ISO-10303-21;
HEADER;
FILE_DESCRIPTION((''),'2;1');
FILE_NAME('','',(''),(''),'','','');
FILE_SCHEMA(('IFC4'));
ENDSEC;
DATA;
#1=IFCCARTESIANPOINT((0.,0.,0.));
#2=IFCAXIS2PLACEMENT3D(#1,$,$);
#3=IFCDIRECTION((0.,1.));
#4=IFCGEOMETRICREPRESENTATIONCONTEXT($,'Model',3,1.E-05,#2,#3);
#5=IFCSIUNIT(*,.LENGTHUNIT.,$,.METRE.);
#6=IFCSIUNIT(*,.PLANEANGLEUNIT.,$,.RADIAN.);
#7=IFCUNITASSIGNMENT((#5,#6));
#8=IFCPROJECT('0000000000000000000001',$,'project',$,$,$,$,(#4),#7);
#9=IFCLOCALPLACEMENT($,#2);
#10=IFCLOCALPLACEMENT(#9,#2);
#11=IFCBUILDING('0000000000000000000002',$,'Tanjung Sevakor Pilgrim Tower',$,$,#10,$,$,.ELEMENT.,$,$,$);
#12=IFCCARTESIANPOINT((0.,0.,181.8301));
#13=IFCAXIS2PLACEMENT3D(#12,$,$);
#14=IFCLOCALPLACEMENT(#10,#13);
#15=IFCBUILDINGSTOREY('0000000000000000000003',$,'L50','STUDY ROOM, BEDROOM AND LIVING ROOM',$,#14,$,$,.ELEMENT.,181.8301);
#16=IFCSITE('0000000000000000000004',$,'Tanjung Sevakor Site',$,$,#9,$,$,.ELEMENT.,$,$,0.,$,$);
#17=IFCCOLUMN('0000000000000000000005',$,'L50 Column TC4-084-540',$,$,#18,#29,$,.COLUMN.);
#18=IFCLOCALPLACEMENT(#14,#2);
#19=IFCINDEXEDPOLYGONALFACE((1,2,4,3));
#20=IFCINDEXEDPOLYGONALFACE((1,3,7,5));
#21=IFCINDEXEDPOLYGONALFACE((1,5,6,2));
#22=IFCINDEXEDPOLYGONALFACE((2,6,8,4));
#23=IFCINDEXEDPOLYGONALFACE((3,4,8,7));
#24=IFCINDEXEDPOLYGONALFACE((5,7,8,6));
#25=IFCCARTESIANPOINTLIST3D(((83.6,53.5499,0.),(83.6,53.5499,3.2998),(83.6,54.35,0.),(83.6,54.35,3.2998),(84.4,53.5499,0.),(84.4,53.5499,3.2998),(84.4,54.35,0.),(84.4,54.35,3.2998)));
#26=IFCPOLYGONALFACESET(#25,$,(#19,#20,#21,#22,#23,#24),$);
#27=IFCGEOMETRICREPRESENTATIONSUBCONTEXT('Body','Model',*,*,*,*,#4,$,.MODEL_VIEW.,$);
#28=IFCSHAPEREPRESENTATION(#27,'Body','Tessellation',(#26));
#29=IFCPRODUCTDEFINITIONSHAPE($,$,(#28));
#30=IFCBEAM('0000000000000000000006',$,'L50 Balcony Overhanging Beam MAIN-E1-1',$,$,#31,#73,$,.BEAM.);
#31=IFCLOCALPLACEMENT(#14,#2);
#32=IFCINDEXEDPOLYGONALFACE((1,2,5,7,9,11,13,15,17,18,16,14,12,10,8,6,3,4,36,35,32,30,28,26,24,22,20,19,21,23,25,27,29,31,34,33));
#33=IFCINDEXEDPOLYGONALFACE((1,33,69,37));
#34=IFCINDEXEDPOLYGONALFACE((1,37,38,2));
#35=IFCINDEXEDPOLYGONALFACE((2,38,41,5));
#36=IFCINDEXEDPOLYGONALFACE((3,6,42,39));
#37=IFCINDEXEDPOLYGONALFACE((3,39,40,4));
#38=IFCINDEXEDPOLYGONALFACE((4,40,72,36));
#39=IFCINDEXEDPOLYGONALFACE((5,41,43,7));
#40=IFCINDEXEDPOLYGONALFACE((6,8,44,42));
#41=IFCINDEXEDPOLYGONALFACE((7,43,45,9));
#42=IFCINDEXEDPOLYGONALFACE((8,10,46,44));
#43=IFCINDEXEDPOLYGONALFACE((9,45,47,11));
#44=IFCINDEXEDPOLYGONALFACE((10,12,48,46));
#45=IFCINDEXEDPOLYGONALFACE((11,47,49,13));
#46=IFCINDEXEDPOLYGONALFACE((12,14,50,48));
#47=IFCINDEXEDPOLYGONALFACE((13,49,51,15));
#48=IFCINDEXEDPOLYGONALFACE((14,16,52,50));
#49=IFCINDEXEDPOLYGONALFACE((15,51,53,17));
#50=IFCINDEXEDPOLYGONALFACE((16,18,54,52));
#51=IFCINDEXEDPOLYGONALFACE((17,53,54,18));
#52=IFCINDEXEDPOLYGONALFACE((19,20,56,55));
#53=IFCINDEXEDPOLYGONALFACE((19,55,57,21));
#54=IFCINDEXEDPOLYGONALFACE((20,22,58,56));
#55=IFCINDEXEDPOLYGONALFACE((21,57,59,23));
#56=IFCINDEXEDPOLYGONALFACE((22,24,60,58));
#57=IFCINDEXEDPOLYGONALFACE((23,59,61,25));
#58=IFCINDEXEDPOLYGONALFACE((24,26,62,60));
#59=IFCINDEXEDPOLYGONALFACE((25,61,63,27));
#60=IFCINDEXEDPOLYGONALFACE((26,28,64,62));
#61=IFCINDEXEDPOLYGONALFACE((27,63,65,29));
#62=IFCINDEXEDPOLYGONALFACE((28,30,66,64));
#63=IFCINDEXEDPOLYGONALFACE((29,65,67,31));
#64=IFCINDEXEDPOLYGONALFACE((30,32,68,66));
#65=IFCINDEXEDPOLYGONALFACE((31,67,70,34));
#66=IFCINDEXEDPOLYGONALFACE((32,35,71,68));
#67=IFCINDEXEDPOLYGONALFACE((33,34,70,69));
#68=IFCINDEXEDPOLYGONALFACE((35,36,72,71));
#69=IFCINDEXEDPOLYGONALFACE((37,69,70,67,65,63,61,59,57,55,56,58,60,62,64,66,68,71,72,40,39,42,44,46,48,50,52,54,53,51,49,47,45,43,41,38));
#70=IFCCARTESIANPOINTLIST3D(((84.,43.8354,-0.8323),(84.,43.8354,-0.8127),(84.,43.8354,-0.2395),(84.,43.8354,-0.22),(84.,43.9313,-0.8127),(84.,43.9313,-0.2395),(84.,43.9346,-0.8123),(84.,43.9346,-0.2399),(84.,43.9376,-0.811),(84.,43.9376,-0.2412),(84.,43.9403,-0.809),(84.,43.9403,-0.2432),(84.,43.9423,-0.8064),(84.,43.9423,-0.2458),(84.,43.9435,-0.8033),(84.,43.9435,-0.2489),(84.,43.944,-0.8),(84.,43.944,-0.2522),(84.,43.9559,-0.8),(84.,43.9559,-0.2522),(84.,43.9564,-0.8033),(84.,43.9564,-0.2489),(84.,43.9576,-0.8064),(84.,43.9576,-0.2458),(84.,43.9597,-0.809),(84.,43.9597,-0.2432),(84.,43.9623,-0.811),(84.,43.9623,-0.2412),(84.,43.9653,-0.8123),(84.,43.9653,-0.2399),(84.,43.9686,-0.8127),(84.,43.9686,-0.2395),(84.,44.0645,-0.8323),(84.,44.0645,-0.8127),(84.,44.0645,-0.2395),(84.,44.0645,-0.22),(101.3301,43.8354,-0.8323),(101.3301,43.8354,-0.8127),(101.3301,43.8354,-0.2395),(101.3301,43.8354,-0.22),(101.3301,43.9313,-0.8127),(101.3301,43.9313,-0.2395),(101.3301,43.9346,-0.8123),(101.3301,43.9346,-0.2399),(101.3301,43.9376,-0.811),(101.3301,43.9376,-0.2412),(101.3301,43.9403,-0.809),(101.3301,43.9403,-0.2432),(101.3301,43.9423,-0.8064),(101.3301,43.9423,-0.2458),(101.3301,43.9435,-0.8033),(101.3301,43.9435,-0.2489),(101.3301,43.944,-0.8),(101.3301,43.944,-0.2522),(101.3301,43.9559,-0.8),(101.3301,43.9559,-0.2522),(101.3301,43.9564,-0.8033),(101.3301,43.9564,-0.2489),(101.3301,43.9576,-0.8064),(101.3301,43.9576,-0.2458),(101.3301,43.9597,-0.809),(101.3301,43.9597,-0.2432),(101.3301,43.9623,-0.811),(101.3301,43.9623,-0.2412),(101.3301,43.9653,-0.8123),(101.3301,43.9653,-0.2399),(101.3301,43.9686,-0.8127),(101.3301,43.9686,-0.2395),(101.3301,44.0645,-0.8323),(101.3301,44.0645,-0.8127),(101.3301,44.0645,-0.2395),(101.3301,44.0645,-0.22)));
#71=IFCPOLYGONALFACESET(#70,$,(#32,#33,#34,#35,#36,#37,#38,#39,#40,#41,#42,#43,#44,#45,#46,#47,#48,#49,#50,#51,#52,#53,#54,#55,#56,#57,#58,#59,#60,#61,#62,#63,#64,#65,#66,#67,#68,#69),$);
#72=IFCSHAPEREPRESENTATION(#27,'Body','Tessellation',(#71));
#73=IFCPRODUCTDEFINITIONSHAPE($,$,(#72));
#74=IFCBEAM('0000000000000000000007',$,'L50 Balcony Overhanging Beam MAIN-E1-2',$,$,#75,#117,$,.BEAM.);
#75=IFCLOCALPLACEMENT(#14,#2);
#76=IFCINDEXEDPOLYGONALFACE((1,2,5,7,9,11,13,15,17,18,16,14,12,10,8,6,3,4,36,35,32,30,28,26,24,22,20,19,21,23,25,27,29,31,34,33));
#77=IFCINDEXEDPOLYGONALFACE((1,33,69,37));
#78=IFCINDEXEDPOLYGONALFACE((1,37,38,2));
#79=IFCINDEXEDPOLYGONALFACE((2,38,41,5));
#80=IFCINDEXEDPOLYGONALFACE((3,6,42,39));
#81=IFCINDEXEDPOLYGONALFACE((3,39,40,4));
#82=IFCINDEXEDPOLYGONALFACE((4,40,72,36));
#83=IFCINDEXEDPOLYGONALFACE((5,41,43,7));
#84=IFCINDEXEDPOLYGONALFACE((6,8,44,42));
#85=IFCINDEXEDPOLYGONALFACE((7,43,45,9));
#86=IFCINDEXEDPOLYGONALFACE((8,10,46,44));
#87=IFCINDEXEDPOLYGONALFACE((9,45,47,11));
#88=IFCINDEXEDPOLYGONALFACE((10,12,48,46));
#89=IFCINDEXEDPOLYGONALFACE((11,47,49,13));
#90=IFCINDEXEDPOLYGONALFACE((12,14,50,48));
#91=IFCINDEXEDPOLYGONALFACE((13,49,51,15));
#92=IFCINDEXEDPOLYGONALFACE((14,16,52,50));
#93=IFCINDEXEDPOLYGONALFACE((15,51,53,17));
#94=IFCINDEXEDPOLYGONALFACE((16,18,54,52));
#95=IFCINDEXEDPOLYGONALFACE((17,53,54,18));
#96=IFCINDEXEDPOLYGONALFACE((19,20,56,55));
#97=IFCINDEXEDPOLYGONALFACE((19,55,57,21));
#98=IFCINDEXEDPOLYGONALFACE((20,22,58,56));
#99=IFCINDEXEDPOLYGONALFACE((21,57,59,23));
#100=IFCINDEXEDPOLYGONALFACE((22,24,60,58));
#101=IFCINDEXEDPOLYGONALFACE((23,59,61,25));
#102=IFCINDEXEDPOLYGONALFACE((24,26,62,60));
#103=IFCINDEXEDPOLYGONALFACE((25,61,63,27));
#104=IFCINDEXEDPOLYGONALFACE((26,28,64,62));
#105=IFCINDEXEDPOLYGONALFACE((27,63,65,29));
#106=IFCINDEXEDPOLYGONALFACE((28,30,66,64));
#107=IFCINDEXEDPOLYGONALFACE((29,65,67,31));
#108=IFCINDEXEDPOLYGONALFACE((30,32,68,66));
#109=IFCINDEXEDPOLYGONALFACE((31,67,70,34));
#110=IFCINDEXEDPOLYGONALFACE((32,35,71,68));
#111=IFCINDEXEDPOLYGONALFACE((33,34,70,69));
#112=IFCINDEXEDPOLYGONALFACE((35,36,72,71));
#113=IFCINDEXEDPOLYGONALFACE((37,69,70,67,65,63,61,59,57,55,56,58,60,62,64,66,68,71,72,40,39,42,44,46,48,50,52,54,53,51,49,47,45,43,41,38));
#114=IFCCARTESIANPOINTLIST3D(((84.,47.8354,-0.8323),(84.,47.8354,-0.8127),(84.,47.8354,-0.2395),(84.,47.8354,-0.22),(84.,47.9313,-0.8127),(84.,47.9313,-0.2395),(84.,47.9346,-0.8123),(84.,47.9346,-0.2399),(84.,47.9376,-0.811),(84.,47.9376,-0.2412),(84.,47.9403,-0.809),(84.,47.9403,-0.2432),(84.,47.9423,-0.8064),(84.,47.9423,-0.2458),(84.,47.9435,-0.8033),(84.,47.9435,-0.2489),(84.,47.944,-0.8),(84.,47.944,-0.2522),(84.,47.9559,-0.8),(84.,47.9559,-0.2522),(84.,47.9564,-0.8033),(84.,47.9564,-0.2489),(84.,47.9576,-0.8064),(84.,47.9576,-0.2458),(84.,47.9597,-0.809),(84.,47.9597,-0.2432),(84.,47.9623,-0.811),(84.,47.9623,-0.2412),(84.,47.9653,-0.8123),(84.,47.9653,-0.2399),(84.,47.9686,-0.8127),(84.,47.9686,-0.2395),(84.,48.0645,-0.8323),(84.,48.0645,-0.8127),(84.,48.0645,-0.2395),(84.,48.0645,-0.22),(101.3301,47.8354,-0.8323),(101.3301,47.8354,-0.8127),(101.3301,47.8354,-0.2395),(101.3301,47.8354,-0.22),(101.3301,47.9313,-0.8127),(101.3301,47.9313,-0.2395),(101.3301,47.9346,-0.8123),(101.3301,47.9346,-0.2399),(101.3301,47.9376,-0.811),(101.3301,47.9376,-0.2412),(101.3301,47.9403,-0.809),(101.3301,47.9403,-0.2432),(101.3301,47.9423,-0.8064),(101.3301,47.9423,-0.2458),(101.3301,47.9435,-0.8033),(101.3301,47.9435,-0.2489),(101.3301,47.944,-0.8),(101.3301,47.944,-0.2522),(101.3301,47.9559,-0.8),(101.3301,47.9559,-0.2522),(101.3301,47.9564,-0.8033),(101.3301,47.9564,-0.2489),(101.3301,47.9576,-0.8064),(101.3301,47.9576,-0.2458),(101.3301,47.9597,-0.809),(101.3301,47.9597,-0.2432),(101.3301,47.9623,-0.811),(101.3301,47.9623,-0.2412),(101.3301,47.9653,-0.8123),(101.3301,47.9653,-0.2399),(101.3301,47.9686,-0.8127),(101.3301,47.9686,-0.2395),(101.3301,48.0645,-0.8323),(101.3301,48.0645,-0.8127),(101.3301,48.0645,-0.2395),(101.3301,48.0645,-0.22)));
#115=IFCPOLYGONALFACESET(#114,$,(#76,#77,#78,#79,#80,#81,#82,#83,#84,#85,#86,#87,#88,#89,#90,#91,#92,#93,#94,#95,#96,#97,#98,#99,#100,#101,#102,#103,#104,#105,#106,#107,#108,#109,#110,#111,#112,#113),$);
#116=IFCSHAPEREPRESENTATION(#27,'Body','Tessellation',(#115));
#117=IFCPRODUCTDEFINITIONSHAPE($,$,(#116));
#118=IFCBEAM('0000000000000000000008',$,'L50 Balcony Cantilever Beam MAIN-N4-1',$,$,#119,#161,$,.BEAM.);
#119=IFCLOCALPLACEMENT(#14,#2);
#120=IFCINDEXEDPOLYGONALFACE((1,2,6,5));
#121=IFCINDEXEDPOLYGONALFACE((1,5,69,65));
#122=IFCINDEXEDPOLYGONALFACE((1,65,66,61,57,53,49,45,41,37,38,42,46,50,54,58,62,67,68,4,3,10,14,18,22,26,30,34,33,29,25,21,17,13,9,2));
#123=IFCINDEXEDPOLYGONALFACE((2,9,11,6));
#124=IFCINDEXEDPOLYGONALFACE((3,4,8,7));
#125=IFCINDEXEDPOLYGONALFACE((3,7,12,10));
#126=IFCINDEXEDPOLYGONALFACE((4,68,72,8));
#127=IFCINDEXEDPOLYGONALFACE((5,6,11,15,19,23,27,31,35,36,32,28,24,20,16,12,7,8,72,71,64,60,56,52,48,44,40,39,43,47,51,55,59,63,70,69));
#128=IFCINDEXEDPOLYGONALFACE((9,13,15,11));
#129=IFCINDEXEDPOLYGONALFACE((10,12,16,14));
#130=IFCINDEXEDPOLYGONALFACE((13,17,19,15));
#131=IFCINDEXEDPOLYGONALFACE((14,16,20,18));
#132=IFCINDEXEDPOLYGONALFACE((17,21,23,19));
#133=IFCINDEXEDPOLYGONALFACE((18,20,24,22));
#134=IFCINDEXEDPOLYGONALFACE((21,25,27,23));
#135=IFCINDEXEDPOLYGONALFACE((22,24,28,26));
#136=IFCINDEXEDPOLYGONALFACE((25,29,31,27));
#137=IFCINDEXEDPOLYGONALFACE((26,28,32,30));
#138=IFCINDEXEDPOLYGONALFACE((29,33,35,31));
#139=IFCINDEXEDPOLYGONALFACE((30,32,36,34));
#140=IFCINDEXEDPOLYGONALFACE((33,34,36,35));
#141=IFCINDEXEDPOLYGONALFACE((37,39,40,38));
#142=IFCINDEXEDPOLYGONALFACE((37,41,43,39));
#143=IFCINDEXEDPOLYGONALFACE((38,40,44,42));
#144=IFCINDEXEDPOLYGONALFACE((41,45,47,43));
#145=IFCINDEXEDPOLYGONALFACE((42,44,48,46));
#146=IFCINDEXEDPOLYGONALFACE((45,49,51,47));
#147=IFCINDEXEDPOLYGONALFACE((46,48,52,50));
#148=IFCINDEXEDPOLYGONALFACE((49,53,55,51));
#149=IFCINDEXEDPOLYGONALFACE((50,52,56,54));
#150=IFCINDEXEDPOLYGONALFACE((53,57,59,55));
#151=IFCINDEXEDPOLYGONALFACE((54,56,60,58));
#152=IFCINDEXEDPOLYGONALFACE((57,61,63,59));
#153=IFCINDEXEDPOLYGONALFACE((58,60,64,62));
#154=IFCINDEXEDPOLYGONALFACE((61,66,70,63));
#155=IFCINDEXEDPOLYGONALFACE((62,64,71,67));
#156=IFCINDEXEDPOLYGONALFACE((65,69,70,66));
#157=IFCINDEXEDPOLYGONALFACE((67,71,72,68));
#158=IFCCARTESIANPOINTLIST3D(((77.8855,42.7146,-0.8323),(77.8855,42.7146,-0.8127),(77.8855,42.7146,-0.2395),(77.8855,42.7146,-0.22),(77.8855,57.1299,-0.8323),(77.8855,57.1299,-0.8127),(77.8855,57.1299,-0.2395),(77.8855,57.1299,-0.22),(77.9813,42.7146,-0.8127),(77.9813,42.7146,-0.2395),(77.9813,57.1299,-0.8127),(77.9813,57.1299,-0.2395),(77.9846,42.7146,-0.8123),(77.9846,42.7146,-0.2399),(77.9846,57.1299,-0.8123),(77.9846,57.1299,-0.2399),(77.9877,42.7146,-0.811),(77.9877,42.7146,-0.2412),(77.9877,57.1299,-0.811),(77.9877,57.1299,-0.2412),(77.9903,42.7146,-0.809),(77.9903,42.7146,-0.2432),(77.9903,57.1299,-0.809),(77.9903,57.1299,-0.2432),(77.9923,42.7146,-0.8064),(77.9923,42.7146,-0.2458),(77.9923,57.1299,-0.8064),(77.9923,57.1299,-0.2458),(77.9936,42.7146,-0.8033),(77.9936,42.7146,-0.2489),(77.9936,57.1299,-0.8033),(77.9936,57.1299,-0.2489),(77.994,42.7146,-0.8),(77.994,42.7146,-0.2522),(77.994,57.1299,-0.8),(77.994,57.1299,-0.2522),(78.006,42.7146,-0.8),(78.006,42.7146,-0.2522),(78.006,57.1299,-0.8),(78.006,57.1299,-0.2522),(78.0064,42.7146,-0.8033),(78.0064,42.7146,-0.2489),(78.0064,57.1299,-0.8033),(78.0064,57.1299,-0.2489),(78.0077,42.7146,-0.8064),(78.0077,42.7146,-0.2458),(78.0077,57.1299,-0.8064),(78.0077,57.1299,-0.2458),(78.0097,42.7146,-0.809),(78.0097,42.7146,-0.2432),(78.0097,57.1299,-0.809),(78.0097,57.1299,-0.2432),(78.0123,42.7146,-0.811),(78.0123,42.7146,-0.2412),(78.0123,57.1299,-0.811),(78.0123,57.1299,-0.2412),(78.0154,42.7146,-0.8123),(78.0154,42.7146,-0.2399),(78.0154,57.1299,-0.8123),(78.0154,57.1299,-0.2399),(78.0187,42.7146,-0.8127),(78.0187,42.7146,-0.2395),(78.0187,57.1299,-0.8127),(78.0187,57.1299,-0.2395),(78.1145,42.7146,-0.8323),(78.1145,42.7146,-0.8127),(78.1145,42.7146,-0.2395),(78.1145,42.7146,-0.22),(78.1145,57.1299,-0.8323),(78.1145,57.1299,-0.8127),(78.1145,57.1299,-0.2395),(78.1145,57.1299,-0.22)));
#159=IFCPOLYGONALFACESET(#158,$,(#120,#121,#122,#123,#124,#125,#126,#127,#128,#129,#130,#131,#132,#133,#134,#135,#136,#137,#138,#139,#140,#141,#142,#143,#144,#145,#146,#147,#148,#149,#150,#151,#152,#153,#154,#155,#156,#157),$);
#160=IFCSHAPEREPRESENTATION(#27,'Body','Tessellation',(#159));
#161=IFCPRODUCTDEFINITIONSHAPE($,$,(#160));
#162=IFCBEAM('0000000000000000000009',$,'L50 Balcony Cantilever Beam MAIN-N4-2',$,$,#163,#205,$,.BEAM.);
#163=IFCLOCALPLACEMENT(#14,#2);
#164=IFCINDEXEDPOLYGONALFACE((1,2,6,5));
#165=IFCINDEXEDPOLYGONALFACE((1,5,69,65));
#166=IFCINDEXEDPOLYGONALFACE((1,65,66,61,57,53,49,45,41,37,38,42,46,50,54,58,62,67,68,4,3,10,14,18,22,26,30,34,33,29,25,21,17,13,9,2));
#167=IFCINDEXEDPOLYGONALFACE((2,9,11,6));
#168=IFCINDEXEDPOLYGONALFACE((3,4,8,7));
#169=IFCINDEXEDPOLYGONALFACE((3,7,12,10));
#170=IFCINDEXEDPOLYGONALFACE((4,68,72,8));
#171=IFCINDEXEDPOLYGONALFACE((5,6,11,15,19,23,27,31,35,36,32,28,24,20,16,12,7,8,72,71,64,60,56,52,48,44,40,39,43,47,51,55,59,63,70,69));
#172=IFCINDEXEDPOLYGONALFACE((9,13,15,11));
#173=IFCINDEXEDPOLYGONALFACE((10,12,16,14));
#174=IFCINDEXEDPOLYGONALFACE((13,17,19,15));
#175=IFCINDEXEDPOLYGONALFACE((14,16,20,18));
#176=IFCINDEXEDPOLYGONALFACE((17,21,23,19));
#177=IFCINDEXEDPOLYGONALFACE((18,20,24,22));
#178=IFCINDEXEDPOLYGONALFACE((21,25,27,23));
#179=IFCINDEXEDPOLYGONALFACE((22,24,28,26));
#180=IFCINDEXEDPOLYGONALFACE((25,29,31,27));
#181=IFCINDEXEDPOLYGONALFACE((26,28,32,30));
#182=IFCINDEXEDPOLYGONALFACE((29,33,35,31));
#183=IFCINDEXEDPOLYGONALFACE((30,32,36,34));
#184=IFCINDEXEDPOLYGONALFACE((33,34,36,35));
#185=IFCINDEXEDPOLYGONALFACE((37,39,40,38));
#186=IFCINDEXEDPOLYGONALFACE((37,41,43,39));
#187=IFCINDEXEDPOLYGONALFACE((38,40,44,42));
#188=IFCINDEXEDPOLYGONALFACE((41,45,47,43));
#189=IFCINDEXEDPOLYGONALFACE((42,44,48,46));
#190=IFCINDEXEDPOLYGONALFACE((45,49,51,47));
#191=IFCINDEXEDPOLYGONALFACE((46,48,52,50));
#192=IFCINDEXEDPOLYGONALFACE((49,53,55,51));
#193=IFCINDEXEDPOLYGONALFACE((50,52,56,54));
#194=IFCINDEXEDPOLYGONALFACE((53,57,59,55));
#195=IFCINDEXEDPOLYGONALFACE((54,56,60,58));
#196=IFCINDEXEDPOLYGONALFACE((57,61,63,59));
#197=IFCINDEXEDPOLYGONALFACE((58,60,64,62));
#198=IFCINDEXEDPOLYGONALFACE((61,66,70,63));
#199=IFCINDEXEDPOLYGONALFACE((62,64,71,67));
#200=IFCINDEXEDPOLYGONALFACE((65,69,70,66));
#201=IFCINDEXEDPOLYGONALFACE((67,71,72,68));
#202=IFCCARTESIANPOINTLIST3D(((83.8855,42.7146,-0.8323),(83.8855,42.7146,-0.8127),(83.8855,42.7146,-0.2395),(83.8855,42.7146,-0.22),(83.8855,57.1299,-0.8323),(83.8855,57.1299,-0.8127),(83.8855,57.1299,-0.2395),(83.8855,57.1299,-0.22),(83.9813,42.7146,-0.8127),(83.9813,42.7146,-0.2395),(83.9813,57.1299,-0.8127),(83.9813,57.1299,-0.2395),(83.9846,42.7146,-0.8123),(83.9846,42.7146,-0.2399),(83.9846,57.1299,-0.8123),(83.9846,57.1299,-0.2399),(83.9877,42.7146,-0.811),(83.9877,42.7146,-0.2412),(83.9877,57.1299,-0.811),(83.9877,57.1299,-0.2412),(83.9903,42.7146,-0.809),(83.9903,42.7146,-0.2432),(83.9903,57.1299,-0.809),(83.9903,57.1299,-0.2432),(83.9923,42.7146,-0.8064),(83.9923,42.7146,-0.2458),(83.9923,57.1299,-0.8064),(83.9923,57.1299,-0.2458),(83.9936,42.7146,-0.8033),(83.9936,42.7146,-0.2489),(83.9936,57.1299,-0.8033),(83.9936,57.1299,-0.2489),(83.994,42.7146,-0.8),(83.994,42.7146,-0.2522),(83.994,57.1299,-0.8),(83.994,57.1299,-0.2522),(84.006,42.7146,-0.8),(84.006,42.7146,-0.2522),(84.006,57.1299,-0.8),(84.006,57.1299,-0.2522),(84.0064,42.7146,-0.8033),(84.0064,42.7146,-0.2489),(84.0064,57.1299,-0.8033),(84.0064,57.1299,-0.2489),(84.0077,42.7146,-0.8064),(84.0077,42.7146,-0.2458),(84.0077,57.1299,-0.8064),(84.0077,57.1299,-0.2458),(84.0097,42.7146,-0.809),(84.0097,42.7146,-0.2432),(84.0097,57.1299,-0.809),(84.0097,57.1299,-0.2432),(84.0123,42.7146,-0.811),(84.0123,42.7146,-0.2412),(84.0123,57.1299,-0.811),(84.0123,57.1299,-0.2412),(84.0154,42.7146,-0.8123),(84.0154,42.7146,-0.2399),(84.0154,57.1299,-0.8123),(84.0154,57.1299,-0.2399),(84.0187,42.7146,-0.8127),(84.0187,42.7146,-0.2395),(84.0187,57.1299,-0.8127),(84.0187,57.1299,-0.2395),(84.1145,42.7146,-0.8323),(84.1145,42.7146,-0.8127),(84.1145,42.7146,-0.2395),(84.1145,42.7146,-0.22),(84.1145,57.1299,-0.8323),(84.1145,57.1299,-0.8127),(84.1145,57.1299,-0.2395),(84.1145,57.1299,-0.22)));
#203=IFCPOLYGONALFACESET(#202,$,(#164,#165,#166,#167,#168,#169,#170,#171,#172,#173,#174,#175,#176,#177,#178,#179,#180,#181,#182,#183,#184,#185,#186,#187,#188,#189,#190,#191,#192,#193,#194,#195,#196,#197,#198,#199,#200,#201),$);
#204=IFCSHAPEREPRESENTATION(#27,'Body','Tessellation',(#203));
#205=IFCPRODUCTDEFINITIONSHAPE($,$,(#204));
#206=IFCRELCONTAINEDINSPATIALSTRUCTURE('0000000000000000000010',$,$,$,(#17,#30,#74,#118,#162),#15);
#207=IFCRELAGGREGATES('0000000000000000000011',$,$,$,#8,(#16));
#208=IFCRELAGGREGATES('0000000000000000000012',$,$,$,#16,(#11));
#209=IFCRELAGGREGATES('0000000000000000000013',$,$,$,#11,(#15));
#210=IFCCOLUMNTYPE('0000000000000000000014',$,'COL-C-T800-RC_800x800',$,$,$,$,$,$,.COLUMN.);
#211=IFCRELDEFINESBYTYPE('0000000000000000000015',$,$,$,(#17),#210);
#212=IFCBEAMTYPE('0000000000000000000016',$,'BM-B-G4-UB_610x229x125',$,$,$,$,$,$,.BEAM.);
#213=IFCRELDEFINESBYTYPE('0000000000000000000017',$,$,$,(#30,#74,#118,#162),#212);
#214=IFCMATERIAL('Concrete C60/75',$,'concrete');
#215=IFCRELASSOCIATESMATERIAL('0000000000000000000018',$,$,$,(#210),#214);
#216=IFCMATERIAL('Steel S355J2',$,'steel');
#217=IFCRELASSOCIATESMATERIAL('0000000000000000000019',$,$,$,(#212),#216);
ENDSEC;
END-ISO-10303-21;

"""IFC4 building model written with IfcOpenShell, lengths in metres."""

from ifc_helpers import new_model, si_unit, direction, frame, origin, origin_2d, place, context, subcontext, project, spatial, rectangle, i_section, extrude, material, material_profile, profile_set, type_object, element, save


model = new_model("IFC4")

# Units and contexts
model_context = context("Model", 3, precision=1e-05, world=origin(), true_north=direction((0.0, 1.0)))
body_context = subcontext(model_context, "Body", "Model", "MODEL_VIEW")
ifc_project = project(units=[si_unit("LENGTHUNIT", "METRE"), si_unit("PLANEANGLEUNIT", "RADIAN")], contexts=[model_context])

# Site, building, storey
site_placement = place(None, origin())
site = spatial("IfcSite", under=ifc_project, at=site_placement, Name="Tanjung Sevakor Site", CompositionType="ELEMENT", RefElevation=0.0)
building_placement = place(site_placement, origin())
building = spatial("IfcBuilding", under=site, at=building_placement, Name="Tanjung Sevakor Pilgrim Tower", CompositionType="ELEMENT")
storey_placement = place(building_placement, frame((0.0, 0.0, 181.8301)))
storey = spatial("IfcBuildingStorey", under=building, at=storey_placement, Name="L50", Description="STUDY ROOM, BEDROOM AND LIVING ROOM", CompositionType="ELEMENT", Elevation=181.8301)

# Column
ifc_material_1 = material(Name="Concrete C60/75", Category="concrete")
ifc_material_profile_1 = material_profile(ifc_material_1, rectangle(XDim=0.8, YDim=0.8, at=origin_2d()))
ifc_profile_set_1 = profile_set([ifc_material_profile_1], Name="Concrete C60/75")
column_type = type_object("IfcColumnType", Name="COL-C-T800-RC_800x800", PredefinedType="COLUMN", material=ifc_profile_set_1)
column_placement = place(storey_placement, frame((84.0, 53.95, 0.0), z_axis=(0.0, 0.0, 1.0), x_axis=(1.0, 0.0, 0.0)))
element("IfcColumn", 1, at=column_placement, inside=storey, type_object=column_type, Name="L50 Column TC4-084-540", PredefinedType="COLUMN", context=body_context, shape_type="SweptSolid", body=[
    extrude(rectangle(XDim=0.8, YDim=0.8, at=origin_2d()), origin(), (0.0, 0.0, 1.0), 3.2998),
])

# Beams
ifc_material_2 = material(Name="Steel S355J2", Category="steel")
ifc_material_profile_2 = material_profile(ifc_material_2, i_section(OverallWidth=0.229, OverallDepth=0.6123, WebThickness=0.012, FlangeThickness=0.0195, FilletRadius=0.0127, at=origin_2d()))
ifc_profile_set_2 = profile_set([ifc_material_profile_2], Name="Steel S355J2")
beam_type_1 = type_object("IfcBeamType", Name="BM-B-G4-UB_610x229x125", PredefinedType="BEAM", material=ifc_profile_set_2)
for number, where, z_axis, x_axis, name in (
    (2, (84.0, 43.95, -0.5261), (1.0, 0.0, 0.0), (0.0, 1.0, 0.0), "L50 Balcony Overhanging Beam MAIN-E1-1"),
    (3, (84.0, 47.95, -0.5261), (1.0, 0.0, 0.0), (0.0, 1.0, 0.0), "L50 Balcony Overhanging Beam MAIN-E1-2"),
):
    element("IfcBeam", number, at=place(storey_placement, frame(where, z_axis=z_axis, x_axis=x_axis)), inside=storey, type_object=beam_type_1, Name=name, PredefinedType="BEAM", context=body_context, shape_type="SweptSolid", body=[
        extrude(i_section(OverallWidth=0.229, OverallDepth=0.6123, WebThickness=0.012, FlangeThickness=0.0195, FilletRadius=0.0127, at=origin_2d()), origin(), (0.0, 0.0, 1.0), 17.3301),
    ])
for number, where, z_axis, x_axis, name in (
    (4, (78.0, 42.7146, -0.5261), (0.0, 1.0, 0.0), (-1.0, 0.0, 0.0), "L50 Balcony Cantilever Beam MAIN-N4-1"),
    (5, (84.0, 42.7146, -0.5261), (0.0, 1.0, 0.0), (-1.0, 0.0, 0.0), "L50 Balcony Cantilever Beam MAIN-N4-2"),
):
    element("IfcBeam", number, at=place(storey_placement, frame(where, z_axis=z_axis, x_axis=x_axis)), inside=storey, type_object=beam_type_1, Name=name, PredefinedType="BEAM", context=body_context, shape_type="SweptSolid", body=[
        extrude(i_section(OverallWidth=0.229, OverallDepth=0.6123, WebThickness=0.012, FlangeThickness=0.0195, FilletRadius=0.0127, at=origin_2d()), origin(), (0.0, 0.0, 1.0), 14.4153),
    ])

save(model, "model.ifc")
